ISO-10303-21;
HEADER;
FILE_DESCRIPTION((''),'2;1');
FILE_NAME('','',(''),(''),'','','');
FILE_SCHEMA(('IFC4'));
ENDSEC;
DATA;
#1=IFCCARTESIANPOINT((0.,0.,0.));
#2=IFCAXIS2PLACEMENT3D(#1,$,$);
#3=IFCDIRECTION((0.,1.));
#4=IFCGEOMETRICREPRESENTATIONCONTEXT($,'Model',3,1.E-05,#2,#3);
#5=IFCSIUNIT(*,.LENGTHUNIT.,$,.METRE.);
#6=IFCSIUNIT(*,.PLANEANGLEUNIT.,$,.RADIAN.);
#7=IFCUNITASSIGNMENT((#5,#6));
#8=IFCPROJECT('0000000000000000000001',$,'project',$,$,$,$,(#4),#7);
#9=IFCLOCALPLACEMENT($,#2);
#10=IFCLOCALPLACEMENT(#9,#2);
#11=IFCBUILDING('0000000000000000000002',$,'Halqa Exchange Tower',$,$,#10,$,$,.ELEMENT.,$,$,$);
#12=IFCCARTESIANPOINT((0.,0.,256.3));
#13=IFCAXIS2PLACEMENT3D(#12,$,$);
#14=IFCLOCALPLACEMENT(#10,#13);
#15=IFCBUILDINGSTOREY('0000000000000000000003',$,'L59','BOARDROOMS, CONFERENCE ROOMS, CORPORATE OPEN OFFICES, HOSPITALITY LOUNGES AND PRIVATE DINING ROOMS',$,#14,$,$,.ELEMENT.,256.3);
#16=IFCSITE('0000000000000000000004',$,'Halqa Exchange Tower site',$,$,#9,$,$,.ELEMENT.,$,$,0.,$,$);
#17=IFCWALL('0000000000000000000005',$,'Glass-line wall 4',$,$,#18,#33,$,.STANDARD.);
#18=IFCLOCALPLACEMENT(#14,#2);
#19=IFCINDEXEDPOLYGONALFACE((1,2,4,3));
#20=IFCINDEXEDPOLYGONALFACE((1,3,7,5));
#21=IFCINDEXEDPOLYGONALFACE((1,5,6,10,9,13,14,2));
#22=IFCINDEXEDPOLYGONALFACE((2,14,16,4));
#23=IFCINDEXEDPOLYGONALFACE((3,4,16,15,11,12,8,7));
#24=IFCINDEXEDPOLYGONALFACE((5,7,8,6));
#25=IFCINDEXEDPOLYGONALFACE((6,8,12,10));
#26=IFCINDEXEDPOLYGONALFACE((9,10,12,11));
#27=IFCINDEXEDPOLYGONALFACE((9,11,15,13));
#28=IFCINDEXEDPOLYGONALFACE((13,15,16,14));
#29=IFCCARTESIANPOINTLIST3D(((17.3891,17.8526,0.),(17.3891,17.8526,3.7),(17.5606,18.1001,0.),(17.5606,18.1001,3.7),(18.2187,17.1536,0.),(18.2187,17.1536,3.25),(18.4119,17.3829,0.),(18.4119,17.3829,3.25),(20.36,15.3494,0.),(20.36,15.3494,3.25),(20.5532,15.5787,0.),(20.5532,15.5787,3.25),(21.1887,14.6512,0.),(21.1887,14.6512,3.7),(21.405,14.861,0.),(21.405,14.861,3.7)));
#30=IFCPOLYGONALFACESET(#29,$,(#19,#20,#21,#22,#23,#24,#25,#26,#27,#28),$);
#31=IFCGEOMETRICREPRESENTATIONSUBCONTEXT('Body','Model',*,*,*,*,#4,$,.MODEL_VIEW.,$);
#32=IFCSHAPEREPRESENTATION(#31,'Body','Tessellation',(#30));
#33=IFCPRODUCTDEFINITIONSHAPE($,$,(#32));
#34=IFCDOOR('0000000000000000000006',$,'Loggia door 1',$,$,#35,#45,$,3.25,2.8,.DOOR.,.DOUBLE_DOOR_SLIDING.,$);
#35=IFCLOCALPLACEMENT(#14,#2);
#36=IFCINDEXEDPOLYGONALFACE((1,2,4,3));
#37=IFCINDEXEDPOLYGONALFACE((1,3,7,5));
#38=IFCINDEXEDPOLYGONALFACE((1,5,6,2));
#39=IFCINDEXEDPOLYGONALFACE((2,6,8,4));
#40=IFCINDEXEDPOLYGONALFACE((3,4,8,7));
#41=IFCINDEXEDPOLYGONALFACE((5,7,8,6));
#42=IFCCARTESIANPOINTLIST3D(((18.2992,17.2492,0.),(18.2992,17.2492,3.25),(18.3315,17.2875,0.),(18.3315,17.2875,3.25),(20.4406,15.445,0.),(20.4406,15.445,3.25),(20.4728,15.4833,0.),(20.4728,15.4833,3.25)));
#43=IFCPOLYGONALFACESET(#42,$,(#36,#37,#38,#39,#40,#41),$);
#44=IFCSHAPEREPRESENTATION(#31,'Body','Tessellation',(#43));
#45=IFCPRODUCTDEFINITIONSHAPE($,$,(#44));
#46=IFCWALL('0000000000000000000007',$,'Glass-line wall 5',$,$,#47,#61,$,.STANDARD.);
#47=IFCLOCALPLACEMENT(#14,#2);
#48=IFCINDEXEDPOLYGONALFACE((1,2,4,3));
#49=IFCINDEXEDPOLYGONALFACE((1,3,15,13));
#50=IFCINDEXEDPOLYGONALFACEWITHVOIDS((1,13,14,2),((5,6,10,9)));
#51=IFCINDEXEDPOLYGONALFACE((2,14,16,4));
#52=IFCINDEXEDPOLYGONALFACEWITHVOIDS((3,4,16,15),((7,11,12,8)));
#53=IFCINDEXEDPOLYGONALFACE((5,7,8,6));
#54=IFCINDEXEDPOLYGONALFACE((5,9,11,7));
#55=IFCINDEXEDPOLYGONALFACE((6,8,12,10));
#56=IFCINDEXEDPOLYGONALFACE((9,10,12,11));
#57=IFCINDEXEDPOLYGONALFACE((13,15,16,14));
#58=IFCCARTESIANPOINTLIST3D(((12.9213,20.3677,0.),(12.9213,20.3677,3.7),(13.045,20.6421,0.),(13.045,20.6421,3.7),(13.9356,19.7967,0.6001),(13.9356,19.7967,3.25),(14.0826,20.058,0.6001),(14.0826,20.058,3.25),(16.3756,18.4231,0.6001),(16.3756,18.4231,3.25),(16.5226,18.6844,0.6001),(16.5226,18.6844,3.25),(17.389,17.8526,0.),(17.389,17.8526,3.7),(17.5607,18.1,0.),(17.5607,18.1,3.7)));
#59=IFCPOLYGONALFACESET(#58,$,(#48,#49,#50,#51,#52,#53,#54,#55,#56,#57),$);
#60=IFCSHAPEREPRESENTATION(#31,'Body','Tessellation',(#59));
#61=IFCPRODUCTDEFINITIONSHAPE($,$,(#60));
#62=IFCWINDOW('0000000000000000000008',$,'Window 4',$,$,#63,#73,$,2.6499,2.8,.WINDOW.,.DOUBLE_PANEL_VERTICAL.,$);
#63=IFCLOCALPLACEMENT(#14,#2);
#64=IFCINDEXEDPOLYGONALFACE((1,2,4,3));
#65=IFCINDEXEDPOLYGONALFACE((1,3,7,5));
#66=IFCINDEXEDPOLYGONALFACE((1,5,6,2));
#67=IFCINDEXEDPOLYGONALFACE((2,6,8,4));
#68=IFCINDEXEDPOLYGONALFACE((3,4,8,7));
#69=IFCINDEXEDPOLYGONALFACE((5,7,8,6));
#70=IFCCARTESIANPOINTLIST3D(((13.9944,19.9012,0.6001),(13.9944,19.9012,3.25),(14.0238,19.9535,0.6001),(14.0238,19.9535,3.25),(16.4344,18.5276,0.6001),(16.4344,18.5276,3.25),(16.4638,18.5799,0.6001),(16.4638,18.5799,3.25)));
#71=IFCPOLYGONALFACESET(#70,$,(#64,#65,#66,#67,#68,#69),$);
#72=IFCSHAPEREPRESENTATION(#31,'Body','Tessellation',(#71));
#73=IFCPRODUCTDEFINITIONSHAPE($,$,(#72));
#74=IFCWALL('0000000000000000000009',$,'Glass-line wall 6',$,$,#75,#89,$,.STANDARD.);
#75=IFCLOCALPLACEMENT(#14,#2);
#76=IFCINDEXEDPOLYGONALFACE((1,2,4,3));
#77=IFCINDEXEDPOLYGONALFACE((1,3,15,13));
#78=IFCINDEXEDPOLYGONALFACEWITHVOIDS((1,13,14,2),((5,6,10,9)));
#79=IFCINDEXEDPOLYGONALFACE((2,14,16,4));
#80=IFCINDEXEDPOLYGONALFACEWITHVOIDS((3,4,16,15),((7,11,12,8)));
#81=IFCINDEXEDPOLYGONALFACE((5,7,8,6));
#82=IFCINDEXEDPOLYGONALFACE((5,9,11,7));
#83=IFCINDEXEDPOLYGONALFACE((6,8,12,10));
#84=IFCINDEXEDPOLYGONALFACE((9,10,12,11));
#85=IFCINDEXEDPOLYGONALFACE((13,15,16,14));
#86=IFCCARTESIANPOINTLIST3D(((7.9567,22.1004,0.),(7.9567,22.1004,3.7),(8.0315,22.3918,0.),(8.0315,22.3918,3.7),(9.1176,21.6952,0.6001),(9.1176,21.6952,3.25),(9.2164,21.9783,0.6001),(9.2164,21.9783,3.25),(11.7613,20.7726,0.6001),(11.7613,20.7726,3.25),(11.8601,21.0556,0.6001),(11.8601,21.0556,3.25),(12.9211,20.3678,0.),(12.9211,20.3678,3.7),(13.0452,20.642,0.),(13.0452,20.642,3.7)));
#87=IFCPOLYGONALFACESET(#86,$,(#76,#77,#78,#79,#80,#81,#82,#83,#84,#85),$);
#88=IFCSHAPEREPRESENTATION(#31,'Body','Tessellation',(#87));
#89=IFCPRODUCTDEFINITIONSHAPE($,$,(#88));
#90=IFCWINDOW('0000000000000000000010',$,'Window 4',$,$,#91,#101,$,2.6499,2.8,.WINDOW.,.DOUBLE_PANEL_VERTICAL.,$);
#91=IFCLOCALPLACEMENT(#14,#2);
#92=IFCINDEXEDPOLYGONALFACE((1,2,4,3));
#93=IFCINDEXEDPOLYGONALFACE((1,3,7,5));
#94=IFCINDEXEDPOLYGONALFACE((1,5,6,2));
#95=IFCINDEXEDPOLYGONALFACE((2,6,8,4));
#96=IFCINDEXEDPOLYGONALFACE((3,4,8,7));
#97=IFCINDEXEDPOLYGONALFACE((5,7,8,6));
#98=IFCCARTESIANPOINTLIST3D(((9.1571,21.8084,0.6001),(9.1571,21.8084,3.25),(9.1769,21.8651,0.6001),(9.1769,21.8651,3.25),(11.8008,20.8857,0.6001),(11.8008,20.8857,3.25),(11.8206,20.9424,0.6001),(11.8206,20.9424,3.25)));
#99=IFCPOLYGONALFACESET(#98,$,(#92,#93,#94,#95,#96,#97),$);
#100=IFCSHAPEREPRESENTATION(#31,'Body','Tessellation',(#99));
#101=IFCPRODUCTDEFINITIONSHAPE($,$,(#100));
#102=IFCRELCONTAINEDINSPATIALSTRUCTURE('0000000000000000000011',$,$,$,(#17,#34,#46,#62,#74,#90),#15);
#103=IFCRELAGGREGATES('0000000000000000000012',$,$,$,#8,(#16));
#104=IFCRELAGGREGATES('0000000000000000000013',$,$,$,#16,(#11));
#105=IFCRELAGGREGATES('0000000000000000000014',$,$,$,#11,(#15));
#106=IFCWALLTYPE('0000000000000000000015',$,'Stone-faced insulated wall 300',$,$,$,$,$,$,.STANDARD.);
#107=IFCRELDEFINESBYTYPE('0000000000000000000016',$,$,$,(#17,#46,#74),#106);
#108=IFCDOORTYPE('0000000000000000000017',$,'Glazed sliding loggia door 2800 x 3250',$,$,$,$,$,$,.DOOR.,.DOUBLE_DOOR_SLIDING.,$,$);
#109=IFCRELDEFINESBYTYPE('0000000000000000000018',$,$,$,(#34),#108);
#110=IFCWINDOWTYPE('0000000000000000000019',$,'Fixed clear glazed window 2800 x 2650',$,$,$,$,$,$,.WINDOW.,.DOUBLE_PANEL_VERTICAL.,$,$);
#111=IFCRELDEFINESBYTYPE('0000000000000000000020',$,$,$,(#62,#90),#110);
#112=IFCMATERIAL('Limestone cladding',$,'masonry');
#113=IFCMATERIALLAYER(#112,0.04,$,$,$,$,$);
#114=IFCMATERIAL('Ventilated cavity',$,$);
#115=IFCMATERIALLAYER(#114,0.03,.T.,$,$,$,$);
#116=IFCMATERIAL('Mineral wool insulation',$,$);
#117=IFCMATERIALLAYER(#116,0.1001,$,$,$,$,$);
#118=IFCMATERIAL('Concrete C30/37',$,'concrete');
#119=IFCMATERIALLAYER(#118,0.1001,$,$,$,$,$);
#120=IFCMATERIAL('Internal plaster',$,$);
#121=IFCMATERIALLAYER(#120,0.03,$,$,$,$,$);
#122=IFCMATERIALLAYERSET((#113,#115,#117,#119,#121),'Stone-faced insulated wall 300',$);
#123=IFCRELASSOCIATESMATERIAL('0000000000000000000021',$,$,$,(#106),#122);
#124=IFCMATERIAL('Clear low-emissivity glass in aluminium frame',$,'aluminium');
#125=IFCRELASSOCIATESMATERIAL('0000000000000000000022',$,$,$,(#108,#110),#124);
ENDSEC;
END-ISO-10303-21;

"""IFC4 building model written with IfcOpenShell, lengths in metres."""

from ifc_helpers import new_model, si_unit, direction, frame, frame_2d, origin, place, context, subcontext, project, spatial, polyline, rectangle, outline, extrude, material, layer, layer_set, type_object, element, fill, save


model = new_model("IFC4")

# Units and contexts
model_context = context("Model", 3, precision=1e-05, world=origin(), true_north=direction((0.0, 1.0)))
body_context = subcontext(model_context, "Body", "Model", "MODEL_VIEW")
ifc_project = project(units=[si_unit("LENGTHUNIT", "METRE"), si_unit("PLANEANGLEUNIT", "RADIAN")], contexts=[model_context])

# Site, building, storey
site_placement = place(None, origin())
site = spatial("IfcSite", under=ifc_project, at=site_placement, Name="Halqa Exchange Tower site", CompositionType="ELEMENT", RefElevation=0.0)
building_placement = place(site_placement, origin())
building = spatial("IfcBuilding", under=site, at=building_placement, Name="Halqa Exchange Tower", CompositionType="ELEMENT")
storey_placement = place(building_placement, frame((0.0, 0.0, 256.3)))
storey = spatial("IfcBuildingStorey", under=building, at=storey_placement, Name="L59", Description="BOARDROOMS, CONFERENCE ROOMS, CORPORATE OPEN OFFICES, HOSPITALITY LOUNGES AND PRIVATE DINING ROOMS", CompositionType="ELEMENT", Elevation=256.3)

# Wall, opening, door
ifc_material_1 = material(Name="Limestone cladding", Category="masonry")
ifc_layer_1 = layer(ifc_material_1, 0.04)
ifc_material_2 = material(Name="Ventilated cavity")
ifc_layer_2 = layer(ifc_material_2, 0.03, ventilated=True)
ifc_material_3 = material(Name="Mineral wool insulation")
ifc_layer_3 = layer(ifc_material_3, 0.1001)
ifc_material_4 = material(Name="Concrete C30/37", Category="concrete")
ifc_layer_4 = layer(ifc_material_4, 0.1001)
ifc_material_5 = material(Name="Internal plaster")
ifc_layer_5 = layer(ifc_material_5, 0.03)
ifc_layer_set_1 = layer_set([ifc_layer_1, ifc_layer_2, ifc_layer_3, ifc_layer_4, ifc_layer_5], Name="Stone-faced insulated wall 300")
wall_type_1 = type_object("IfcWallType", Name="Stone-faced insulated wall 300", PredefinedType="STANDARD", material=ifc_layer_set_1)
wall_1_placement = place(storey_placement, frame((21.2969, 14.7561, 0.0), z_axis=(0.0, 0.0, 1.0), x_axis=(-0.764746, 0.644331, 0.0)))
wall_1 = element("IfcWall", 1, at=wall_1_placement, inside=storey, type_object=wall_type_1, Name="Glass-line wall 4", PredefinedType="STANDARD", context=body_context, shape_type="SweptSolid", body=[
    extrude(outline(polyline([(-0.0151, -0.1499), (5.012, -0.1499), (4.9836, 0.1499), (0.0151, 0.1499), (-0.0151, -0.1499)])), origin(), (0.0, 0.0, 1.0), 3.7),
])
opening_1_placement = place(wall_1_placement, frame((1.0989, 0.0, 0.0)))
opening_1 = element("IfcOpeningElement", 2, at=opening_1_placement, cuts=wall_1, PredefinedType="OPENING", context=body_context, shape_type="SweptSolid", body=[
    extrude(rectangle(XDim=2.8, YDim=3.25, at=frame_2d((1.3999, 1.625))), frame((0.0, 0.1621, 0.0), z_axis=(0.0, -1.0, 0.0), x_axis=(1.0, 0.0, 0.0)), (0.0, 0.0, 1.0), 0.324),
])
ifc_material_6 = material(Name="Clear low-emissivity glass in aluminium frame", Category="aluminium")
door_type = type_object("IfcDoorType", Name="Glazed sliding loggia door 2800 x 3250", OperationType="DOUBLE_DOOR_SLIDING", PredefinedType="DOOR", material=ifc_material_6)
door_placement = place(opening_1_placement, origin())
door = element("IfcDoor", 3, at=door_placement, inside=storey, type_object=door_type, Name="Loggia door 1", OperationType="DOUBLE_DOOR_SLIDING", OverallHeight=3.25, OverallWidth=2.8, PredefinedType="DOOR", context=body_context, shape_type="SweptSolid", body=[
    extrude(rectangle(XDim=2.8, YDim=3.25, at=frame_2d((1.3999, 1.625))), frame((0.0, 0.0249, 0.0), z_axis=(0.0, -1.0, 0.0), x_axis=(1.0, 0.0, 0.0)), (0.0, 0.0, 1.0), 0.05),
])
fill(opening_1, door)

# Walls, openings, windows
wall_2_placement = place(storey_placement, frame((17.4749, 17.9763, 0.0), z_axis=(0.0, 0.0, 1.0), x_axis=(-0.871411, 0.490554, 0.0)))
wall_2 = element("IfcWall", 4, at=wall_2_placement, inside=storey, type_object=wall_type_1, Name="Glass-line wall 5", PredefinedType="STANDARD", context=body_context, shape_type="SweptSolid", body=[
    extrude(outline(polyline([(-0.0142, -0.1499), (5.168, -0.1499), (5.1411, 0.1499), (0.0142, 0.1499), (-0.0142, -0.1499)])), origin(), (0.0, 0.0, 1.0), 3.7),
])
opening_2_placement = place(wall_2_placement, frame((1.1772, 0.0, 0.6001)))
opening_2 = element("IfcOpeningElement", 5, at=opening_2_placement, cuts=wall_2, PredefinedType="OPENING", context=body_context, shape_type="SweptSolid", body=[
    extrude(rectangle(XDim=2.8, YDim=2.6499, at=frame_2d((1.3999, 1.325))), frame((0.0, 0.1621, 0.0), z_axis=(0.0, -1.0, 0.0), x_axis=(1.0, 0.0, 0.0)), (0.0, 0.0, 1.0), 0.324),
])
window_type = type_object("IfcWindowType", Name="Fixed clear glazed window 2800 x 2650", PartitioningType="DOUBLE_PANEL_VERTICAL", PredefinedType="WINDOW", material=ifc_material_6)
window_1_placement = place(opening_2_placement, origin())
window_1 = element("IfcWindow", 6, at=window_1_placement, inside=storey, type_object=window_type, Name="Window 4", OverallHeight=2.6499, OverallWidth=2.8, PartitioningType="DOUBLE_PANEL_VERTICAL", PredefinedType="WINDOW", context=body_context, shape_type="SweptSolid", body=[
    extrude(rectangle(XDim=2.8, YDim=2.6499, at=frame_2d((1.3999, 1.325))), frame((0.0, 0.03, 0.0), z_axis=(0.0, -1.0, 0.0), x_axis=(1.0, 0.0, 0.0)), (0.0, 0.0, 1.0), 0.0601),
])
fill(opening_2, window_1)
wall_3_placement = place(storey_placement, frame((12.9832, 20.5049, 0.0), z_axis=(0.0, 0.0, 1.0), x_axis=(-0.94415, 0.329517, 0.0)))
wall_3 = element("IfcWall", 7, at=wall_3_placement, inside=storey, type_object=wall_type_1, Name="Glass-line wall 6", PredefinedType="STANDARD", context=body_context, shape_type="SweptSolid", body=[
    extrude(outline(polyline([(-0.0134, -0.1499), (5.2969, -0.1499), (5.2715, 0.1499), (0.0134, 0.1499), (-0.0134, -0.1499)])), origin(), (0.0, 0.0, 1.0), 3.7),
])
opening_3_placement = place(wall_3_placement, frame((1.2419, 0.0, 0.6001)))
opening_3 = element("IfcOpeningElement", 8, at=opening_3_placement, cuts=wall_3, PredefinedType="OPENING", context=body_context, shape_type="SweptSolid", body=[
    extrude(rectangle(XDim=2.8, YDim=2.6499, at=frame_2d((1.3999, 1.325))), frame((0.0, 0.1621, 0.0), z_axis=(0.0, -1.0, 0.0), x_axis=(1.0, 0.0, 0.0)), (0.0, 0.0, 1.0), 0.324),
])
window_2_placement = place(opening_3_placement, origin())
window_2 = element("IfcWindow", 9, at=window_2_placement, inside=storey, type_object=window_type, Name="Window 4", OverallHeight=2.6499, OverallWidth=2.8, PartitioningType="DOUBLE_PANEL_VERTICAL", PredefinedType="WINDOW", context=body_context, shape_type="SweptSolid", body=[
    extrude(rectangle(XDim=2.8, YDim=2.6499, at=frame_2d((1.3999, 1.325))), frame((0.0, 0.03, 0.0), z_axis=(0.0, -1.0, 0.0), x_axis=(1.0, 0.0, 0.0)), (0.0, 0.0, 1.0), 0.0601),
])
fill(opening_3, window_2)

save(model, "model.ifc")
